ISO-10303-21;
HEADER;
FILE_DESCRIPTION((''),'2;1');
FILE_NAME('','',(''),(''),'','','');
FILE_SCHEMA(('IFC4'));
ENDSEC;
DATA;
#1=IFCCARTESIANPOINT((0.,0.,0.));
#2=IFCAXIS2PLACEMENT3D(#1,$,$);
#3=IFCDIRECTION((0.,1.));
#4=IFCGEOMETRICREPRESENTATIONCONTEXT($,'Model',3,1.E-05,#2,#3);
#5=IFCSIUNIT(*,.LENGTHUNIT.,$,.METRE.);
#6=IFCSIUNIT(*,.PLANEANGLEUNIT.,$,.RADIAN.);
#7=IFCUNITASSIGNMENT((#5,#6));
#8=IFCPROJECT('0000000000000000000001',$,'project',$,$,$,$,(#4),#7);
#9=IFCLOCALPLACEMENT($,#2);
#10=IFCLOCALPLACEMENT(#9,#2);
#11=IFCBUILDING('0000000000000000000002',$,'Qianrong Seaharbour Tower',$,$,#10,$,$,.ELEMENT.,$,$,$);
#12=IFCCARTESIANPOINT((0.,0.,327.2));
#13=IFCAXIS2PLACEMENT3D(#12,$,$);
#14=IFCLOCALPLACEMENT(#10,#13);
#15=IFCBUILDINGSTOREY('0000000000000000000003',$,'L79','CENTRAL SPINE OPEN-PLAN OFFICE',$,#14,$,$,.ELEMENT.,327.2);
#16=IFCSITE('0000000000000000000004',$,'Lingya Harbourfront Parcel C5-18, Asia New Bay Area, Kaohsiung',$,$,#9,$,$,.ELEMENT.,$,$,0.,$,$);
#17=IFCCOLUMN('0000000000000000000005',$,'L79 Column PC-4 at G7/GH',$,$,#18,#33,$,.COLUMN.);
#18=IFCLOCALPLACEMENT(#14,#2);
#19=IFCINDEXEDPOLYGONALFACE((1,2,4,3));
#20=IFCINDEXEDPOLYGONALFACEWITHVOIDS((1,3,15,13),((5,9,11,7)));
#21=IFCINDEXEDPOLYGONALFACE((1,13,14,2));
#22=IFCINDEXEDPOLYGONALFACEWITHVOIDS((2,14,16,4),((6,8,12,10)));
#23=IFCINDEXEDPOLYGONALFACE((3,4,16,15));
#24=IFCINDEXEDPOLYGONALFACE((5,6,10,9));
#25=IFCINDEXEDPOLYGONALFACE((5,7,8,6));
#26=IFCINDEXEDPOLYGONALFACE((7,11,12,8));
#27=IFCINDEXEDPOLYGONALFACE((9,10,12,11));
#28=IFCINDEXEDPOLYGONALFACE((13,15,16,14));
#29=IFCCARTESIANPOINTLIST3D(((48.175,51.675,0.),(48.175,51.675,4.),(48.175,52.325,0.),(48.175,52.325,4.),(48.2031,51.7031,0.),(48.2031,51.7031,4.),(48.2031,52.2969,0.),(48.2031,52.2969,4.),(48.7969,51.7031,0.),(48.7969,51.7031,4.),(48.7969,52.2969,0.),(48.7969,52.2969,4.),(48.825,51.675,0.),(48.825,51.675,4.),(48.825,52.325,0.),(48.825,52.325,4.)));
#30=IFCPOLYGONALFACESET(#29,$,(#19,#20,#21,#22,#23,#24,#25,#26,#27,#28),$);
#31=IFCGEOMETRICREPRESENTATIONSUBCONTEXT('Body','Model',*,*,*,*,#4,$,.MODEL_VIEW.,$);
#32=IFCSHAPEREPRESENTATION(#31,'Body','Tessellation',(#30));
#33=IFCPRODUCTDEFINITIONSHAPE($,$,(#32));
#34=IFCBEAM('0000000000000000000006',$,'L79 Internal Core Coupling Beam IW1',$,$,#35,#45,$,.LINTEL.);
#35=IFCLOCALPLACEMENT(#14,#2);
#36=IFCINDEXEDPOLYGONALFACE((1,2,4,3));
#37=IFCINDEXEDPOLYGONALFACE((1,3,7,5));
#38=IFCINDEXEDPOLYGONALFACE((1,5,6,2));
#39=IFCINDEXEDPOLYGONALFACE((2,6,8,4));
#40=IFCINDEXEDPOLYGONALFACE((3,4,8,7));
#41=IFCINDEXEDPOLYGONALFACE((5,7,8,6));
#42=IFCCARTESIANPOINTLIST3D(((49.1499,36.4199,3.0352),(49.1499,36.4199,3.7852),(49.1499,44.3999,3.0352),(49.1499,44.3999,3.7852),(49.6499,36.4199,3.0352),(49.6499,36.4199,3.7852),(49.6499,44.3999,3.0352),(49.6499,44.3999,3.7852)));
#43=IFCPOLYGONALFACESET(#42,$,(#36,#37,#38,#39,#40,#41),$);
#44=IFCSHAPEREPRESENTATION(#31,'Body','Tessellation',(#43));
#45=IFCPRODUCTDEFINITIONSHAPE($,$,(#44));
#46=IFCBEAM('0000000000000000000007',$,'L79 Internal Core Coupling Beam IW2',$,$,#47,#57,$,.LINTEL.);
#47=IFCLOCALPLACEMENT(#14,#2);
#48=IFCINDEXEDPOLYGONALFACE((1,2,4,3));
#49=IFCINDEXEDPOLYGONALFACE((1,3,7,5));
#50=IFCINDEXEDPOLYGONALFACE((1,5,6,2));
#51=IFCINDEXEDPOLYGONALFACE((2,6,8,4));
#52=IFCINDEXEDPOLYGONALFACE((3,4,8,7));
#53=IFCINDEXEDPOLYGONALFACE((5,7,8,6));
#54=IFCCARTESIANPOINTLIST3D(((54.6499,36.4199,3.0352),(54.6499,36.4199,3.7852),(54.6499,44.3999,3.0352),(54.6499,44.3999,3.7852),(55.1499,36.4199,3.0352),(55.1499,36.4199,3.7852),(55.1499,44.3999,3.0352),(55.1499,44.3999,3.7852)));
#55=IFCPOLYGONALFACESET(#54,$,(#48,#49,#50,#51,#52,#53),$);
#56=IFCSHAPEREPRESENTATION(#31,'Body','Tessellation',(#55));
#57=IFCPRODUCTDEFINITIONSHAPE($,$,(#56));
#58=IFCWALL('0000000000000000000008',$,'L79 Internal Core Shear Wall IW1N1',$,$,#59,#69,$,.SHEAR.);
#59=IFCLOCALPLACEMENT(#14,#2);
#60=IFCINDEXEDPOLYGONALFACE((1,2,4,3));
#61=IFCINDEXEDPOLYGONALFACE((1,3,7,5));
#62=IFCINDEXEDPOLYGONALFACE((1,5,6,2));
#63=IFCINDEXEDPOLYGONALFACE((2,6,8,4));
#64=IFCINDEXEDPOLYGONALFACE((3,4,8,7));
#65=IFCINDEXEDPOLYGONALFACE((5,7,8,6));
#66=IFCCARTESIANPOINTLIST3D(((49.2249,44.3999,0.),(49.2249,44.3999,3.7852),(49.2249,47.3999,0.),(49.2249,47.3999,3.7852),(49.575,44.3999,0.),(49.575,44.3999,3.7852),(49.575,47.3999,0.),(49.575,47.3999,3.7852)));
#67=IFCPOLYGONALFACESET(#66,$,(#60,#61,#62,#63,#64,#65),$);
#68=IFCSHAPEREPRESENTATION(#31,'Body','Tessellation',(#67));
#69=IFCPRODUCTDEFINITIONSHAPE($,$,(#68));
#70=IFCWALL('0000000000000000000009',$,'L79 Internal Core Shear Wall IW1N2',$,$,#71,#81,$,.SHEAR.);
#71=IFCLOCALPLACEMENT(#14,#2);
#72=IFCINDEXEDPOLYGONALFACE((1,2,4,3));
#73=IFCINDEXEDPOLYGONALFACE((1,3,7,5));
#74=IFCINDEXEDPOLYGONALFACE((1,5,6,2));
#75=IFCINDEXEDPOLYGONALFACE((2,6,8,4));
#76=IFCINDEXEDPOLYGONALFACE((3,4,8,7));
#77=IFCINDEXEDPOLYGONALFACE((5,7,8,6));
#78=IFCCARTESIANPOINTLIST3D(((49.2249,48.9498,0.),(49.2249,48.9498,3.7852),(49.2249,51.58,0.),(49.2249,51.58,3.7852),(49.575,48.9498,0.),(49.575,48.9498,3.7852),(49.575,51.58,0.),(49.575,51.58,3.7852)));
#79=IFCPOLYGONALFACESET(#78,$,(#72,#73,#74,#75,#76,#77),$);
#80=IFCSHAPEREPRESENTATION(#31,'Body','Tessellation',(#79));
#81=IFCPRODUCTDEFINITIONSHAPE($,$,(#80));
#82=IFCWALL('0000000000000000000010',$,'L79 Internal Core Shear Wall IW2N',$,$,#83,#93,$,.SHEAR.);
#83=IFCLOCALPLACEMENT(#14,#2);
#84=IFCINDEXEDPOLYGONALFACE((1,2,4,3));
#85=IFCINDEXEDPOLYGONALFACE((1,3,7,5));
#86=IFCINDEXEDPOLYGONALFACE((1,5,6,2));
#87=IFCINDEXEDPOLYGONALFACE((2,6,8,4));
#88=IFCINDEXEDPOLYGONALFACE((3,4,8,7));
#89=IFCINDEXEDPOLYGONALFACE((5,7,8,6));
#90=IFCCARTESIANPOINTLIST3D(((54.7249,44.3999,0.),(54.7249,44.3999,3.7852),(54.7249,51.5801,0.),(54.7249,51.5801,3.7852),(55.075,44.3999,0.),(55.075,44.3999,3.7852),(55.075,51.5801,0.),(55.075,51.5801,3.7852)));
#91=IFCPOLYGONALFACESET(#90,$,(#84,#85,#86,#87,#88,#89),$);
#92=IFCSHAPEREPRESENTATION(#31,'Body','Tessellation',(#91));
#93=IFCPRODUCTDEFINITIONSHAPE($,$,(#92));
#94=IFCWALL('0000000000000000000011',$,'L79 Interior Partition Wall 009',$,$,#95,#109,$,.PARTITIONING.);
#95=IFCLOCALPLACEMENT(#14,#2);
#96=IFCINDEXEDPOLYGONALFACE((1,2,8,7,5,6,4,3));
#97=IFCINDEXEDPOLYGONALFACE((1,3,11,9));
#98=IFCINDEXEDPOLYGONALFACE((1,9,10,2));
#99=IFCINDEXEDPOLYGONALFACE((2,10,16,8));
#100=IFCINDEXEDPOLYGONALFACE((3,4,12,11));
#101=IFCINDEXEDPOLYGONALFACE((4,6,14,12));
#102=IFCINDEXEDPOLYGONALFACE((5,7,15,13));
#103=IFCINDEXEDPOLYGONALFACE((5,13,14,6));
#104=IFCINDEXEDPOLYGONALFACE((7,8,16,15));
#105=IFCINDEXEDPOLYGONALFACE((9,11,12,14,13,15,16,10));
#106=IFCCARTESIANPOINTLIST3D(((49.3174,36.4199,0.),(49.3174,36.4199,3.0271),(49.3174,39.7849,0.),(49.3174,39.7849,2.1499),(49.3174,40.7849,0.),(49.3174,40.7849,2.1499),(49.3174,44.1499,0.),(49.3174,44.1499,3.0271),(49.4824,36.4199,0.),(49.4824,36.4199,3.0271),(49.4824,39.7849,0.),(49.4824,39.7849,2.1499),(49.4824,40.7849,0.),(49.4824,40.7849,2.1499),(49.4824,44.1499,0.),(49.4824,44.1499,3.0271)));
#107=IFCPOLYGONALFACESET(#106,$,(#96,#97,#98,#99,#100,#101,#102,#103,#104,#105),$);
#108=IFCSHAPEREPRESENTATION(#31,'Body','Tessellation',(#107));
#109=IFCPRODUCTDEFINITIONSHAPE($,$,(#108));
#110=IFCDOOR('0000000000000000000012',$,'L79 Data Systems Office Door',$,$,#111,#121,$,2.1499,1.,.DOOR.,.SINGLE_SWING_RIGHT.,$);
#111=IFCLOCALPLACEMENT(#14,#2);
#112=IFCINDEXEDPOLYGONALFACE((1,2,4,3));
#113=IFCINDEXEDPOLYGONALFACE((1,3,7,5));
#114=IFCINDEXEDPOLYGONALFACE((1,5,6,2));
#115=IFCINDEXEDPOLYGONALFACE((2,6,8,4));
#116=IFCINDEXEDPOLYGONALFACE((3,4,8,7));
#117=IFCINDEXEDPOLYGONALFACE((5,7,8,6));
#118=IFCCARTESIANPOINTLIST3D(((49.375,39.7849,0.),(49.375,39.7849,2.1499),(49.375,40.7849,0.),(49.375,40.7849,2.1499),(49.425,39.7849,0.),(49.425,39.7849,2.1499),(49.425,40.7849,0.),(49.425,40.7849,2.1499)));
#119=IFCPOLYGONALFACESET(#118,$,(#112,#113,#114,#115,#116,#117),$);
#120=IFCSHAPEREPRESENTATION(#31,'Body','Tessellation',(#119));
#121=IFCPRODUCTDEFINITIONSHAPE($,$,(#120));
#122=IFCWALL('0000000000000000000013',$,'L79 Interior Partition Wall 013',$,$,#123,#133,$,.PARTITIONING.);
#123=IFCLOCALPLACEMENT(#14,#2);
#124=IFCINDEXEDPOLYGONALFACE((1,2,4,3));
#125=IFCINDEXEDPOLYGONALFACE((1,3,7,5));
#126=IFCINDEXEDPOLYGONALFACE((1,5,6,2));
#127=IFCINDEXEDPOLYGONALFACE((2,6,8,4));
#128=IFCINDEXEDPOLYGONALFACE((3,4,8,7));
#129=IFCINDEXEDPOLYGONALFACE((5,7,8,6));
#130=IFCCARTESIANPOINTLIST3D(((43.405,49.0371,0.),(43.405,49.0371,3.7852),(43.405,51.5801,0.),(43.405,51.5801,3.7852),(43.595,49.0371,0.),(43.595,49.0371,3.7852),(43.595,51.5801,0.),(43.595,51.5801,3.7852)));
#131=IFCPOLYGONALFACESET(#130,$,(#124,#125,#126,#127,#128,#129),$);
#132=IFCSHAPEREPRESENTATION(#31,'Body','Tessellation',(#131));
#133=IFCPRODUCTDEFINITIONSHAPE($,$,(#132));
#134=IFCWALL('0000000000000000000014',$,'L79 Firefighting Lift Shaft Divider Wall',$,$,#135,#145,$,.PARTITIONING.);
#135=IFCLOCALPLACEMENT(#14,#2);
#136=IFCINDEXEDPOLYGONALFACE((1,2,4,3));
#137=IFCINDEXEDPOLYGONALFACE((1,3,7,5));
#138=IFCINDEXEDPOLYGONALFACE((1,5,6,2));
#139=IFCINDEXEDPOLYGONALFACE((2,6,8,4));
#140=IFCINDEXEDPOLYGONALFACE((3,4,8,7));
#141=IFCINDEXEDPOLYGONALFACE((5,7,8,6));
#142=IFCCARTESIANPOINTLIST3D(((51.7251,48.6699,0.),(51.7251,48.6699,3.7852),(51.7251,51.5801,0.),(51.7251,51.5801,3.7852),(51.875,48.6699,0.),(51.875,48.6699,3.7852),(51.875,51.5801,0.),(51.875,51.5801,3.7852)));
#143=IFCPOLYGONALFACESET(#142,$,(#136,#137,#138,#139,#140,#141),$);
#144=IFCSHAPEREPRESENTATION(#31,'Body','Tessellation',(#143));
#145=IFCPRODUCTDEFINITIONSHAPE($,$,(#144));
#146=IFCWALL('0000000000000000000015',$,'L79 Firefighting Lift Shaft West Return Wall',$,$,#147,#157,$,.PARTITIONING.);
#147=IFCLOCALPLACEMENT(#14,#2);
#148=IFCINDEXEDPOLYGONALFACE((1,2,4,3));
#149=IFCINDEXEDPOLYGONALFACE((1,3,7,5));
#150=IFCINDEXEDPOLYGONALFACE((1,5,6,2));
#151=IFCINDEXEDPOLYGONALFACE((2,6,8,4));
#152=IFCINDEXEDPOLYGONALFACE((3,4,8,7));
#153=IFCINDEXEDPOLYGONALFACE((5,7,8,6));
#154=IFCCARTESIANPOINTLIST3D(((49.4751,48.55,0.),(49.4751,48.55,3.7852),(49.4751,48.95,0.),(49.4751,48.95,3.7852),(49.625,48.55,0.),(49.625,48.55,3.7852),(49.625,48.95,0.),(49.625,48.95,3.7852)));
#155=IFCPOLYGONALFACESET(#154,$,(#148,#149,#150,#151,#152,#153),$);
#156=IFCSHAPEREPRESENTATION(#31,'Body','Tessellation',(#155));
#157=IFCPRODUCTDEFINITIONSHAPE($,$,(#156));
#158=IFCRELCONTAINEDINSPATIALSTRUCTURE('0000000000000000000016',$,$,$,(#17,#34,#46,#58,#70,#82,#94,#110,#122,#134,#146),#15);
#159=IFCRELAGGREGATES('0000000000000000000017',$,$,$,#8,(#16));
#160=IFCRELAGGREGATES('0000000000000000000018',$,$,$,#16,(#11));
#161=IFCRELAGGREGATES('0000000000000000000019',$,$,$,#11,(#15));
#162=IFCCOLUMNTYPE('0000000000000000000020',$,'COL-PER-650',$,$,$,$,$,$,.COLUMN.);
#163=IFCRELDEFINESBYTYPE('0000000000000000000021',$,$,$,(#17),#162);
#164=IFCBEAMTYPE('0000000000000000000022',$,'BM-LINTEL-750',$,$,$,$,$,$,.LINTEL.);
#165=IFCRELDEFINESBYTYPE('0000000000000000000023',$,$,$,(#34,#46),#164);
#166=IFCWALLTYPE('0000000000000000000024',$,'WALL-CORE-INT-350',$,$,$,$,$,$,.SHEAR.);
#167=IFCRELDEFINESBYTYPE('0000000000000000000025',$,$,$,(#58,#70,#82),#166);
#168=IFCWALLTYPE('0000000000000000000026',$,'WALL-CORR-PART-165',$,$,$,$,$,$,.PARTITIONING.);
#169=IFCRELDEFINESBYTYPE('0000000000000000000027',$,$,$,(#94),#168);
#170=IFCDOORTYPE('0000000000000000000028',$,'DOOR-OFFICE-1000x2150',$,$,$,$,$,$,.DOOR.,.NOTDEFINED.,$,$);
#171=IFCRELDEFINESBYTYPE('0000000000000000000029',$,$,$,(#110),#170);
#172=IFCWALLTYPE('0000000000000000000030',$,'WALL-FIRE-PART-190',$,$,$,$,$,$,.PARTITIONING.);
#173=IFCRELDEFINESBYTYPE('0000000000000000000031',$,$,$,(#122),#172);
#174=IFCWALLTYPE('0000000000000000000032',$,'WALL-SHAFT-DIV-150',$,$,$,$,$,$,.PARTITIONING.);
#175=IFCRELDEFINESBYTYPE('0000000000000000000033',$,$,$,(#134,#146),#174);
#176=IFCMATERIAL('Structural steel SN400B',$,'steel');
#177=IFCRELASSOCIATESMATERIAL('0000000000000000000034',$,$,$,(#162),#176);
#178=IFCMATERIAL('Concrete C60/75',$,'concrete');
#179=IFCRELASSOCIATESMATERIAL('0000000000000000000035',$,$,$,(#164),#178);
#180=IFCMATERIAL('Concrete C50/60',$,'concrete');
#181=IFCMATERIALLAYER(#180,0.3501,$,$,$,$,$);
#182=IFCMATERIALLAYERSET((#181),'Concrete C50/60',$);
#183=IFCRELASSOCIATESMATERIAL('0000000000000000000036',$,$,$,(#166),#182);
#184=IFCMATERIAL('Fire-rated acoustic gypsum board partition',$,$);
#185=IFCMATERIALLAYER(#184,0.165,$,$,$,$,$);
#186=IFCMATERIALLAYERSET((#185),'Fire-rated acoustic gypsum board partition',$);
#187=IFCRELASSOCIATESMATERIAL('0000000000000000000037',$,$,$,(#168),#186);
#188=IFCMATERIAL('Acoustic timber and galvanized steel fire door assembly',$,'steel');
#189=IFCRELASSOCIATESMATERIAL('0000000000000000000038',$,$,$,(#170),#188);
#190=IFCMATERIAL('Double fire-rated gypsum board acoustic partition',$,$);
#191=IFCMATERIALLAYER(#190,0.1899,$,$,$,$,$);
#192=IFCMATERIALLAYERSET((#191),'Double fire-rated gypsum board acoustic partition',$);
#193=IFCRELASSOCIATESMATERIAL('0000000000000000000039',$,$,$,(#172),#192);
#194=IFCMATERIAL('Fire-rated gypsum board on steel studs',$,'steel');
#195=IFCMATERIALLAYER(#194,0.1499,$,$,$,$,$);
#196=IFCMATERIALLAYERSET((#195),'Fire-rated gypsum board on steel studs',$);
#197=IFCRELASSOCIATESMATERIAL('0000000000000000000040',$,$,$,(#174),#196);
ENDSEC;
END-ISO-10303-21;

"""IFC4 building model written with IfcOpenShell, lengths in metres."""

from ifc_helpers import new_model, si_unit, direction, frame, frame_2d, origin, origin_2d, place, context, subcontext, project, spatial, rectangle, hollow_rectangle, extrude, material, layer, layer_set, material_profile, profile_set, type_object, element, fill, save


model = new_model("IFC4")

# Units and contexts
model_context = context("Model", 3, precision=1e-05, world=origin(), true_north=direction((0.0, 1.0)))
body_context = subcontext(model_context, "Body", "Model", "MODEL_VIEW")
ifc_project = project(units=[si_unit("LENGTHUNIT", "METRE"), si_unit("PLANEANGLEUNIT", "RADIAN")], contexts=[model_context])

# Site, building, storey
site_placement = place(None, origin())
site = spatial("IfcSite", under=ifc_project, at=site_placement, Name="Lingya Harbourfront Parcel C5-18, Asia New Bay Area, Kaohsiung", CompositionType="ELEMENT", RefElevation=0.0)
building_placement = place(site_placement, origin())
building = spatial("IfcBuilding", under=site, at=building_placement, Name="Qianrong Seaharbour Tower", CompositionType="ELEMENT")
storey_placement = place(building_placement, frame((0.0, 0.0, 327.2)))
storey = spatial("IfcBuildingStorey", under=building, at=storey_placement, Name="L79", Description="CENTRAL SPINE OPEN-PLAN OFFICE", CompositionType="ELEMENT", Elevation=327.2)

# Column
ifc_material_1 = material(Name="Structural steel SN400B", Category="steel")
ifc_material_profile_1 = material_profile(ifc_material_1, hollow_rectangle(XDim=0.6499, YDim=0.6499, WallThickness=0.0281, at=origin_2d()), Name="BOX650x650x28")
ifc_profile_set_1 = profile_set([ifc_material_profile_1], Name="Structural steel SN400B")
column_type = type_object("IfcColumnType", Name="COL-PER-650", PredefinedType="COLUMN", material=ifc_profile_set_1)
column_placement = place(storey_placement, frame((48.5, 52.0, 0.0), z_axis=(0.0, 0.0, 1.0), x_axis=(1.0, 0.0, 0.0)))
element("IfcColumn", 1, at=column_placement, inside=storey, type_object=column_type, Name="L79 Column PC-4 at G7/GH", PredefinedType="COLUMN", context=body_context, shape_type="SweptSolid", body=[
    extrude(hollow_rectangle(XDim=0.6499, YDim=0.6499, WallThickness=0.0281, at=origin_2d()), origin(), (0.0, 0.0, 1.0), 4.0),
])

# Beams
ifc_material_2 = material(Name="Concrete C60/75", Category="concrete")
ifc_material_profile_2 = material_profile(ifc_material_2, rectangle(XDim=0.5, YDim=0.75, at=origin_2d()), Name="RC500x750")
ifc_profile_set_2 = profile_set([ifc_material_profile_2], Name="Concrete C60/75")
beam_type = type_object("IfcBeamType", Name="BM-LINTEL-750", PredefinedType="LINTEL", material=ifc_profile_set_2)
for number, where, z_axis, x_axis, name in (
    (2, (49.3999, 36.4199, 3.4102), (0.0, 1.0, 0.0), (-1.0, 0.0, 0.0), "L79 Internal Core Coupling Beam IW1"),
    (3, (54.8999, 36.4199, 3.4102), (0.0, 1.0, 0.0), (-1.0, 0.0, 0.0), "L79 Internal Core Coupling Beam IW2"),
):
    element("IfcBeam", number, at=place(storey_placement, frame(where, z_axis=z_axis, x_axis=x_axis)), inside=storey, type_object=beam_type, Name=name, PredefinedType="LINTEL", context=body_context, shape_type="SweptSolid", body=[
        extrude(rectangle(XDim=0.5, YDim=0.75, at=origin_2d()), origin(), (0.0, 0.0, 1.0), 7.98),
    ])

# Walls
ifc_material_3 = material(Name="Concrete C50/60", Category="concrete")
ifc_layer_1 = layer(ifc_material_3, 0.3501)
ifc_layer_set_1 = layer_set([ifc_layer_1], Name="Concrete C50/60")
wall_type_1 = type_object("IfcWallType", Name="WALL-CORE-INT-350", PredefinedType="SHEAR", material=ifc_layer_set_1)
wall_1_placement = place(storey_placement, frame((49.3999, 44.3999, 0.0), z_axis=(0.0, 0.0, 1.0), x_axis=(0.0, 1.0, 0.0)))
element("IfcWall", 4, at=wall_1_placement, inside=storey, type_object=wall_type_1, Name="L79 Internal Core Shear Wall IW1N1", PredefinedType="SHEAR", context=body_context, shape_type="SweptSolid", body=[
    extrude(rectangle(XDim=3.0, YDim=0.3501, at=frame_2d((1.5, 0.0))), origin(), (0.0, 0.0, 1.0), 3.7852),
])
wall_2_placement = place(storey_placement, frame((49.3999, 48.95, 0.0), z_axis=(0.0, 0.0, 1.0), x_axis=(0.0, 1.0, 0.0)))
element("IfcWall", 5, at=wall_2_placement, inside=storey, type_object=wall_type_1, Name="L79 Internal Core Shear Wall IW1N2", PredefinedType="SHEAR", context=body_context, shape_type="SweptSolid", body=[
    extrude(rectangle(XDim=2.6301, YDim=0.3501, at=frame_2d((1.3149, 0.0))), origin(), (0.0, 0.0, 1.0), 3.7852),
])
wall_3_placement = place(storey_placement, frame((54.8999, 44.3999, 0.0), z_axis=(0.0, 0.0, 1.0), x_axis=(0.0, 1.0, 0.0)))
element("IfcWall", 6, at=wall_3_placement, inside=storey, type_object=wall_type_1, Name="L79 Internal Core Shear Wall IW2N", PredefinedType="SHEAR", context=body_context, shape_type="SweptSolid", body=[
    extrude(rectangle(XDim=7.1802, YDim=0.3501, at=frame_2d((3.5901, 0.0))), origin(), (0.0, 0.0, 1.0), 3.7852),
])

# Wall, opening, door
ifc_material_4 = material(Name="Fire-rated acoustic gypsum board partition")
ifc_layer_2 = layer(ifc_material_4, 0.165)
ifc_layer_set_2 = layer_set([ifc_layer_2], Name="Fire-rated acoustic gypsum board partition")
wall_type_2 = type_object("IfcWallType", Name="WALL-CORR-PART-165", PredefinedType="PARTITIONING", material=ifc_layer_set_2)
wall_4_placement = place(storey_placement, frame((49.3999, 36.4199, 0.0), z_axis=(0.0, 0.0, 1.0), x_axis=(0.0, 1.0, 0.0)))
wall_4 = element("IfcWall", 7, at=wall_4_placement, inside=storey, type_object=wall_type_2, Name="L79 Interior Partition Wall 009", PredefinedType="PARTITIONING", context=body_context, shape_type="SweptSolid", body=[
    extrude(rectangle(XDim=7.73, YDim=0.165, at=frame_2d((3.865, 0.0))), origin(), (0.0, 0.0, 1.0), 3.0271),
])
opening_1_placement = place(wall_4_placement, frame((3.365, 0.0, 0.0)))
opening_1 = element("IfcOpeningElement", 8, at=opening_1_placement, cuts=wall_4, PredefinedType="OPENING", context=body_context, shape_type="SweptSolid", body=[
    extrude(rectangle(XDim=1.0, YDim=2.1499, at=frame_2d((0.5, 1.075))), frame((0.0, 0.0925, 0.0), z_axis=(0.0, -1.0, 0.0), x_axis=(1.0, 0.0, 0.0)), (0.0, 0.0, 1.0), 0.1851),
])
ifc_material_5 = material(Name="Acoustic timber and galvanized steel fire door assembly", Category="steel")
door_type_1 = type_object("IfcDoorType", Name="DOOR-OFFICE-1000x2150", OperationType="NOTDEFINED", PredefinedType="DOOR", material=ifc_material_5)
door_1_placement = place(opening_1_placement, origin())
door_1 = element("IfcDoor", 9, at=door_1_placement, inside=storey, type_object=door_type_1, Name="L79 Data Systems Office Door", OperationType="SINGLE_SWING_RIGHT", OverallHeight=2.1499, OverallWidth=1.0, PredefinedType="DOOR", context=body_context, shape_type="SweptSolid", body=[
    extrude(rectangle(XDim=1.0, YDim=2.1499, at=frame_2d((0.5, 1.075))), frame((0.0, 0.0249, 0.0), z_axis=(0.0, -1.0, 0.0), x_axis=(1.0, 0.0, 0.0)), (0.0, 0.0, 1.0), 0.05),
])
fill(opening_1, door_1)
ifc_material_6 = material(Name="Double fire-rated gypsum board acoustic partition")
ifc_layer_3 = layer(ifc_material_6, 0.1899)
ifc_layer_set_3 = layer_set([ifc_layer_3], Name="Double fire-rated gypsum board acoustic partition")
wall_type_3 = type_object("IfcWallType", Name="WALL-FIRE-PART-190", PredefinedType="PARTITIONING", material=ifc_layer_set_3)

# Walls
wall_5_placement = place(storey_placement, frame((43.5, 51.5801, 0.0), z_axis=(0.0, 0.0, 1.0), x_axis=(0.0, -1.0, 0.0)))
element("IfcWall", 10, at=wall_5_placement, inside=storey, type_object=wall_type_3, Name="L79 Interior Partition Wall 013", PredefinedType="PARTITIONING", context=body_context, shape_type="SweptSolid", body=[
    extrude(rectangle(XDim=2.543, YDim=0.1899, at=frame_2d((1.2715, 0.0))), origin(), (0.0, 0.0, 1.0), 3.7852),
])
ifc_material_7 = material(Name="Fire-rated gypsum board on steel studs", Category="steel")
ifc_layer_4 = layer(ifc_material_7, 0.1499)
ifc_layer_set_4 = layer_set([ifc_layer_4], Name="Fire-rated gypsum board on steel studs")
wall_type_4 = type_object("IfcWallType", Name="WALL-SHAFT-DIV-150", PredefinedType="PARTITIONING", material=ifc_layer_set_4)
wall_6_placement = place(storey_placement, frame((51.8, 48.6699, 0.0), z_axis=(0.0, 0.0, 1.0), x_axis=(0.0, 1.0, 0.0)))
element("IfcWall", 11, at=wall_6_placement, inside=storey, type_object=wall_type_4, Name="L79 Firefighting Lift Shaft Divider Wall", PredefinedType="PARTITIONING", context=body_context, shape_type="SweptSolid", body=[
    extrude(rectangle(XDim=2.9102, YDim=0.1499, at=frame_2d((1.4551, 0.0))), origin(), (0.0, 0.0, 1.0), 3.7852),
])
wall_7_placement = place(storey_placement, frame((49.55, 48.55, 0.0), z_axis=(0.0, 0.0, 1.0), x_axis=(0.0, 1.0, 0.0)))
element("IfcWall", 12, at=wall_7_placement, inside=storey, type_object=wall_type_4, Name="L79 Firefighting Lift Shaft West Return Wall", PredefinedType="PARTITIONING", context=body_context, shape_type="SweptSolid", body=[
    extrude(rectangle(XDim=0.3999, YDim=0.1499, at=frame_2d((0.2, 0.0))), origin(), (0.0, 0.0, 1.0), 3.7852),
])

save(model, "model.ifc")
